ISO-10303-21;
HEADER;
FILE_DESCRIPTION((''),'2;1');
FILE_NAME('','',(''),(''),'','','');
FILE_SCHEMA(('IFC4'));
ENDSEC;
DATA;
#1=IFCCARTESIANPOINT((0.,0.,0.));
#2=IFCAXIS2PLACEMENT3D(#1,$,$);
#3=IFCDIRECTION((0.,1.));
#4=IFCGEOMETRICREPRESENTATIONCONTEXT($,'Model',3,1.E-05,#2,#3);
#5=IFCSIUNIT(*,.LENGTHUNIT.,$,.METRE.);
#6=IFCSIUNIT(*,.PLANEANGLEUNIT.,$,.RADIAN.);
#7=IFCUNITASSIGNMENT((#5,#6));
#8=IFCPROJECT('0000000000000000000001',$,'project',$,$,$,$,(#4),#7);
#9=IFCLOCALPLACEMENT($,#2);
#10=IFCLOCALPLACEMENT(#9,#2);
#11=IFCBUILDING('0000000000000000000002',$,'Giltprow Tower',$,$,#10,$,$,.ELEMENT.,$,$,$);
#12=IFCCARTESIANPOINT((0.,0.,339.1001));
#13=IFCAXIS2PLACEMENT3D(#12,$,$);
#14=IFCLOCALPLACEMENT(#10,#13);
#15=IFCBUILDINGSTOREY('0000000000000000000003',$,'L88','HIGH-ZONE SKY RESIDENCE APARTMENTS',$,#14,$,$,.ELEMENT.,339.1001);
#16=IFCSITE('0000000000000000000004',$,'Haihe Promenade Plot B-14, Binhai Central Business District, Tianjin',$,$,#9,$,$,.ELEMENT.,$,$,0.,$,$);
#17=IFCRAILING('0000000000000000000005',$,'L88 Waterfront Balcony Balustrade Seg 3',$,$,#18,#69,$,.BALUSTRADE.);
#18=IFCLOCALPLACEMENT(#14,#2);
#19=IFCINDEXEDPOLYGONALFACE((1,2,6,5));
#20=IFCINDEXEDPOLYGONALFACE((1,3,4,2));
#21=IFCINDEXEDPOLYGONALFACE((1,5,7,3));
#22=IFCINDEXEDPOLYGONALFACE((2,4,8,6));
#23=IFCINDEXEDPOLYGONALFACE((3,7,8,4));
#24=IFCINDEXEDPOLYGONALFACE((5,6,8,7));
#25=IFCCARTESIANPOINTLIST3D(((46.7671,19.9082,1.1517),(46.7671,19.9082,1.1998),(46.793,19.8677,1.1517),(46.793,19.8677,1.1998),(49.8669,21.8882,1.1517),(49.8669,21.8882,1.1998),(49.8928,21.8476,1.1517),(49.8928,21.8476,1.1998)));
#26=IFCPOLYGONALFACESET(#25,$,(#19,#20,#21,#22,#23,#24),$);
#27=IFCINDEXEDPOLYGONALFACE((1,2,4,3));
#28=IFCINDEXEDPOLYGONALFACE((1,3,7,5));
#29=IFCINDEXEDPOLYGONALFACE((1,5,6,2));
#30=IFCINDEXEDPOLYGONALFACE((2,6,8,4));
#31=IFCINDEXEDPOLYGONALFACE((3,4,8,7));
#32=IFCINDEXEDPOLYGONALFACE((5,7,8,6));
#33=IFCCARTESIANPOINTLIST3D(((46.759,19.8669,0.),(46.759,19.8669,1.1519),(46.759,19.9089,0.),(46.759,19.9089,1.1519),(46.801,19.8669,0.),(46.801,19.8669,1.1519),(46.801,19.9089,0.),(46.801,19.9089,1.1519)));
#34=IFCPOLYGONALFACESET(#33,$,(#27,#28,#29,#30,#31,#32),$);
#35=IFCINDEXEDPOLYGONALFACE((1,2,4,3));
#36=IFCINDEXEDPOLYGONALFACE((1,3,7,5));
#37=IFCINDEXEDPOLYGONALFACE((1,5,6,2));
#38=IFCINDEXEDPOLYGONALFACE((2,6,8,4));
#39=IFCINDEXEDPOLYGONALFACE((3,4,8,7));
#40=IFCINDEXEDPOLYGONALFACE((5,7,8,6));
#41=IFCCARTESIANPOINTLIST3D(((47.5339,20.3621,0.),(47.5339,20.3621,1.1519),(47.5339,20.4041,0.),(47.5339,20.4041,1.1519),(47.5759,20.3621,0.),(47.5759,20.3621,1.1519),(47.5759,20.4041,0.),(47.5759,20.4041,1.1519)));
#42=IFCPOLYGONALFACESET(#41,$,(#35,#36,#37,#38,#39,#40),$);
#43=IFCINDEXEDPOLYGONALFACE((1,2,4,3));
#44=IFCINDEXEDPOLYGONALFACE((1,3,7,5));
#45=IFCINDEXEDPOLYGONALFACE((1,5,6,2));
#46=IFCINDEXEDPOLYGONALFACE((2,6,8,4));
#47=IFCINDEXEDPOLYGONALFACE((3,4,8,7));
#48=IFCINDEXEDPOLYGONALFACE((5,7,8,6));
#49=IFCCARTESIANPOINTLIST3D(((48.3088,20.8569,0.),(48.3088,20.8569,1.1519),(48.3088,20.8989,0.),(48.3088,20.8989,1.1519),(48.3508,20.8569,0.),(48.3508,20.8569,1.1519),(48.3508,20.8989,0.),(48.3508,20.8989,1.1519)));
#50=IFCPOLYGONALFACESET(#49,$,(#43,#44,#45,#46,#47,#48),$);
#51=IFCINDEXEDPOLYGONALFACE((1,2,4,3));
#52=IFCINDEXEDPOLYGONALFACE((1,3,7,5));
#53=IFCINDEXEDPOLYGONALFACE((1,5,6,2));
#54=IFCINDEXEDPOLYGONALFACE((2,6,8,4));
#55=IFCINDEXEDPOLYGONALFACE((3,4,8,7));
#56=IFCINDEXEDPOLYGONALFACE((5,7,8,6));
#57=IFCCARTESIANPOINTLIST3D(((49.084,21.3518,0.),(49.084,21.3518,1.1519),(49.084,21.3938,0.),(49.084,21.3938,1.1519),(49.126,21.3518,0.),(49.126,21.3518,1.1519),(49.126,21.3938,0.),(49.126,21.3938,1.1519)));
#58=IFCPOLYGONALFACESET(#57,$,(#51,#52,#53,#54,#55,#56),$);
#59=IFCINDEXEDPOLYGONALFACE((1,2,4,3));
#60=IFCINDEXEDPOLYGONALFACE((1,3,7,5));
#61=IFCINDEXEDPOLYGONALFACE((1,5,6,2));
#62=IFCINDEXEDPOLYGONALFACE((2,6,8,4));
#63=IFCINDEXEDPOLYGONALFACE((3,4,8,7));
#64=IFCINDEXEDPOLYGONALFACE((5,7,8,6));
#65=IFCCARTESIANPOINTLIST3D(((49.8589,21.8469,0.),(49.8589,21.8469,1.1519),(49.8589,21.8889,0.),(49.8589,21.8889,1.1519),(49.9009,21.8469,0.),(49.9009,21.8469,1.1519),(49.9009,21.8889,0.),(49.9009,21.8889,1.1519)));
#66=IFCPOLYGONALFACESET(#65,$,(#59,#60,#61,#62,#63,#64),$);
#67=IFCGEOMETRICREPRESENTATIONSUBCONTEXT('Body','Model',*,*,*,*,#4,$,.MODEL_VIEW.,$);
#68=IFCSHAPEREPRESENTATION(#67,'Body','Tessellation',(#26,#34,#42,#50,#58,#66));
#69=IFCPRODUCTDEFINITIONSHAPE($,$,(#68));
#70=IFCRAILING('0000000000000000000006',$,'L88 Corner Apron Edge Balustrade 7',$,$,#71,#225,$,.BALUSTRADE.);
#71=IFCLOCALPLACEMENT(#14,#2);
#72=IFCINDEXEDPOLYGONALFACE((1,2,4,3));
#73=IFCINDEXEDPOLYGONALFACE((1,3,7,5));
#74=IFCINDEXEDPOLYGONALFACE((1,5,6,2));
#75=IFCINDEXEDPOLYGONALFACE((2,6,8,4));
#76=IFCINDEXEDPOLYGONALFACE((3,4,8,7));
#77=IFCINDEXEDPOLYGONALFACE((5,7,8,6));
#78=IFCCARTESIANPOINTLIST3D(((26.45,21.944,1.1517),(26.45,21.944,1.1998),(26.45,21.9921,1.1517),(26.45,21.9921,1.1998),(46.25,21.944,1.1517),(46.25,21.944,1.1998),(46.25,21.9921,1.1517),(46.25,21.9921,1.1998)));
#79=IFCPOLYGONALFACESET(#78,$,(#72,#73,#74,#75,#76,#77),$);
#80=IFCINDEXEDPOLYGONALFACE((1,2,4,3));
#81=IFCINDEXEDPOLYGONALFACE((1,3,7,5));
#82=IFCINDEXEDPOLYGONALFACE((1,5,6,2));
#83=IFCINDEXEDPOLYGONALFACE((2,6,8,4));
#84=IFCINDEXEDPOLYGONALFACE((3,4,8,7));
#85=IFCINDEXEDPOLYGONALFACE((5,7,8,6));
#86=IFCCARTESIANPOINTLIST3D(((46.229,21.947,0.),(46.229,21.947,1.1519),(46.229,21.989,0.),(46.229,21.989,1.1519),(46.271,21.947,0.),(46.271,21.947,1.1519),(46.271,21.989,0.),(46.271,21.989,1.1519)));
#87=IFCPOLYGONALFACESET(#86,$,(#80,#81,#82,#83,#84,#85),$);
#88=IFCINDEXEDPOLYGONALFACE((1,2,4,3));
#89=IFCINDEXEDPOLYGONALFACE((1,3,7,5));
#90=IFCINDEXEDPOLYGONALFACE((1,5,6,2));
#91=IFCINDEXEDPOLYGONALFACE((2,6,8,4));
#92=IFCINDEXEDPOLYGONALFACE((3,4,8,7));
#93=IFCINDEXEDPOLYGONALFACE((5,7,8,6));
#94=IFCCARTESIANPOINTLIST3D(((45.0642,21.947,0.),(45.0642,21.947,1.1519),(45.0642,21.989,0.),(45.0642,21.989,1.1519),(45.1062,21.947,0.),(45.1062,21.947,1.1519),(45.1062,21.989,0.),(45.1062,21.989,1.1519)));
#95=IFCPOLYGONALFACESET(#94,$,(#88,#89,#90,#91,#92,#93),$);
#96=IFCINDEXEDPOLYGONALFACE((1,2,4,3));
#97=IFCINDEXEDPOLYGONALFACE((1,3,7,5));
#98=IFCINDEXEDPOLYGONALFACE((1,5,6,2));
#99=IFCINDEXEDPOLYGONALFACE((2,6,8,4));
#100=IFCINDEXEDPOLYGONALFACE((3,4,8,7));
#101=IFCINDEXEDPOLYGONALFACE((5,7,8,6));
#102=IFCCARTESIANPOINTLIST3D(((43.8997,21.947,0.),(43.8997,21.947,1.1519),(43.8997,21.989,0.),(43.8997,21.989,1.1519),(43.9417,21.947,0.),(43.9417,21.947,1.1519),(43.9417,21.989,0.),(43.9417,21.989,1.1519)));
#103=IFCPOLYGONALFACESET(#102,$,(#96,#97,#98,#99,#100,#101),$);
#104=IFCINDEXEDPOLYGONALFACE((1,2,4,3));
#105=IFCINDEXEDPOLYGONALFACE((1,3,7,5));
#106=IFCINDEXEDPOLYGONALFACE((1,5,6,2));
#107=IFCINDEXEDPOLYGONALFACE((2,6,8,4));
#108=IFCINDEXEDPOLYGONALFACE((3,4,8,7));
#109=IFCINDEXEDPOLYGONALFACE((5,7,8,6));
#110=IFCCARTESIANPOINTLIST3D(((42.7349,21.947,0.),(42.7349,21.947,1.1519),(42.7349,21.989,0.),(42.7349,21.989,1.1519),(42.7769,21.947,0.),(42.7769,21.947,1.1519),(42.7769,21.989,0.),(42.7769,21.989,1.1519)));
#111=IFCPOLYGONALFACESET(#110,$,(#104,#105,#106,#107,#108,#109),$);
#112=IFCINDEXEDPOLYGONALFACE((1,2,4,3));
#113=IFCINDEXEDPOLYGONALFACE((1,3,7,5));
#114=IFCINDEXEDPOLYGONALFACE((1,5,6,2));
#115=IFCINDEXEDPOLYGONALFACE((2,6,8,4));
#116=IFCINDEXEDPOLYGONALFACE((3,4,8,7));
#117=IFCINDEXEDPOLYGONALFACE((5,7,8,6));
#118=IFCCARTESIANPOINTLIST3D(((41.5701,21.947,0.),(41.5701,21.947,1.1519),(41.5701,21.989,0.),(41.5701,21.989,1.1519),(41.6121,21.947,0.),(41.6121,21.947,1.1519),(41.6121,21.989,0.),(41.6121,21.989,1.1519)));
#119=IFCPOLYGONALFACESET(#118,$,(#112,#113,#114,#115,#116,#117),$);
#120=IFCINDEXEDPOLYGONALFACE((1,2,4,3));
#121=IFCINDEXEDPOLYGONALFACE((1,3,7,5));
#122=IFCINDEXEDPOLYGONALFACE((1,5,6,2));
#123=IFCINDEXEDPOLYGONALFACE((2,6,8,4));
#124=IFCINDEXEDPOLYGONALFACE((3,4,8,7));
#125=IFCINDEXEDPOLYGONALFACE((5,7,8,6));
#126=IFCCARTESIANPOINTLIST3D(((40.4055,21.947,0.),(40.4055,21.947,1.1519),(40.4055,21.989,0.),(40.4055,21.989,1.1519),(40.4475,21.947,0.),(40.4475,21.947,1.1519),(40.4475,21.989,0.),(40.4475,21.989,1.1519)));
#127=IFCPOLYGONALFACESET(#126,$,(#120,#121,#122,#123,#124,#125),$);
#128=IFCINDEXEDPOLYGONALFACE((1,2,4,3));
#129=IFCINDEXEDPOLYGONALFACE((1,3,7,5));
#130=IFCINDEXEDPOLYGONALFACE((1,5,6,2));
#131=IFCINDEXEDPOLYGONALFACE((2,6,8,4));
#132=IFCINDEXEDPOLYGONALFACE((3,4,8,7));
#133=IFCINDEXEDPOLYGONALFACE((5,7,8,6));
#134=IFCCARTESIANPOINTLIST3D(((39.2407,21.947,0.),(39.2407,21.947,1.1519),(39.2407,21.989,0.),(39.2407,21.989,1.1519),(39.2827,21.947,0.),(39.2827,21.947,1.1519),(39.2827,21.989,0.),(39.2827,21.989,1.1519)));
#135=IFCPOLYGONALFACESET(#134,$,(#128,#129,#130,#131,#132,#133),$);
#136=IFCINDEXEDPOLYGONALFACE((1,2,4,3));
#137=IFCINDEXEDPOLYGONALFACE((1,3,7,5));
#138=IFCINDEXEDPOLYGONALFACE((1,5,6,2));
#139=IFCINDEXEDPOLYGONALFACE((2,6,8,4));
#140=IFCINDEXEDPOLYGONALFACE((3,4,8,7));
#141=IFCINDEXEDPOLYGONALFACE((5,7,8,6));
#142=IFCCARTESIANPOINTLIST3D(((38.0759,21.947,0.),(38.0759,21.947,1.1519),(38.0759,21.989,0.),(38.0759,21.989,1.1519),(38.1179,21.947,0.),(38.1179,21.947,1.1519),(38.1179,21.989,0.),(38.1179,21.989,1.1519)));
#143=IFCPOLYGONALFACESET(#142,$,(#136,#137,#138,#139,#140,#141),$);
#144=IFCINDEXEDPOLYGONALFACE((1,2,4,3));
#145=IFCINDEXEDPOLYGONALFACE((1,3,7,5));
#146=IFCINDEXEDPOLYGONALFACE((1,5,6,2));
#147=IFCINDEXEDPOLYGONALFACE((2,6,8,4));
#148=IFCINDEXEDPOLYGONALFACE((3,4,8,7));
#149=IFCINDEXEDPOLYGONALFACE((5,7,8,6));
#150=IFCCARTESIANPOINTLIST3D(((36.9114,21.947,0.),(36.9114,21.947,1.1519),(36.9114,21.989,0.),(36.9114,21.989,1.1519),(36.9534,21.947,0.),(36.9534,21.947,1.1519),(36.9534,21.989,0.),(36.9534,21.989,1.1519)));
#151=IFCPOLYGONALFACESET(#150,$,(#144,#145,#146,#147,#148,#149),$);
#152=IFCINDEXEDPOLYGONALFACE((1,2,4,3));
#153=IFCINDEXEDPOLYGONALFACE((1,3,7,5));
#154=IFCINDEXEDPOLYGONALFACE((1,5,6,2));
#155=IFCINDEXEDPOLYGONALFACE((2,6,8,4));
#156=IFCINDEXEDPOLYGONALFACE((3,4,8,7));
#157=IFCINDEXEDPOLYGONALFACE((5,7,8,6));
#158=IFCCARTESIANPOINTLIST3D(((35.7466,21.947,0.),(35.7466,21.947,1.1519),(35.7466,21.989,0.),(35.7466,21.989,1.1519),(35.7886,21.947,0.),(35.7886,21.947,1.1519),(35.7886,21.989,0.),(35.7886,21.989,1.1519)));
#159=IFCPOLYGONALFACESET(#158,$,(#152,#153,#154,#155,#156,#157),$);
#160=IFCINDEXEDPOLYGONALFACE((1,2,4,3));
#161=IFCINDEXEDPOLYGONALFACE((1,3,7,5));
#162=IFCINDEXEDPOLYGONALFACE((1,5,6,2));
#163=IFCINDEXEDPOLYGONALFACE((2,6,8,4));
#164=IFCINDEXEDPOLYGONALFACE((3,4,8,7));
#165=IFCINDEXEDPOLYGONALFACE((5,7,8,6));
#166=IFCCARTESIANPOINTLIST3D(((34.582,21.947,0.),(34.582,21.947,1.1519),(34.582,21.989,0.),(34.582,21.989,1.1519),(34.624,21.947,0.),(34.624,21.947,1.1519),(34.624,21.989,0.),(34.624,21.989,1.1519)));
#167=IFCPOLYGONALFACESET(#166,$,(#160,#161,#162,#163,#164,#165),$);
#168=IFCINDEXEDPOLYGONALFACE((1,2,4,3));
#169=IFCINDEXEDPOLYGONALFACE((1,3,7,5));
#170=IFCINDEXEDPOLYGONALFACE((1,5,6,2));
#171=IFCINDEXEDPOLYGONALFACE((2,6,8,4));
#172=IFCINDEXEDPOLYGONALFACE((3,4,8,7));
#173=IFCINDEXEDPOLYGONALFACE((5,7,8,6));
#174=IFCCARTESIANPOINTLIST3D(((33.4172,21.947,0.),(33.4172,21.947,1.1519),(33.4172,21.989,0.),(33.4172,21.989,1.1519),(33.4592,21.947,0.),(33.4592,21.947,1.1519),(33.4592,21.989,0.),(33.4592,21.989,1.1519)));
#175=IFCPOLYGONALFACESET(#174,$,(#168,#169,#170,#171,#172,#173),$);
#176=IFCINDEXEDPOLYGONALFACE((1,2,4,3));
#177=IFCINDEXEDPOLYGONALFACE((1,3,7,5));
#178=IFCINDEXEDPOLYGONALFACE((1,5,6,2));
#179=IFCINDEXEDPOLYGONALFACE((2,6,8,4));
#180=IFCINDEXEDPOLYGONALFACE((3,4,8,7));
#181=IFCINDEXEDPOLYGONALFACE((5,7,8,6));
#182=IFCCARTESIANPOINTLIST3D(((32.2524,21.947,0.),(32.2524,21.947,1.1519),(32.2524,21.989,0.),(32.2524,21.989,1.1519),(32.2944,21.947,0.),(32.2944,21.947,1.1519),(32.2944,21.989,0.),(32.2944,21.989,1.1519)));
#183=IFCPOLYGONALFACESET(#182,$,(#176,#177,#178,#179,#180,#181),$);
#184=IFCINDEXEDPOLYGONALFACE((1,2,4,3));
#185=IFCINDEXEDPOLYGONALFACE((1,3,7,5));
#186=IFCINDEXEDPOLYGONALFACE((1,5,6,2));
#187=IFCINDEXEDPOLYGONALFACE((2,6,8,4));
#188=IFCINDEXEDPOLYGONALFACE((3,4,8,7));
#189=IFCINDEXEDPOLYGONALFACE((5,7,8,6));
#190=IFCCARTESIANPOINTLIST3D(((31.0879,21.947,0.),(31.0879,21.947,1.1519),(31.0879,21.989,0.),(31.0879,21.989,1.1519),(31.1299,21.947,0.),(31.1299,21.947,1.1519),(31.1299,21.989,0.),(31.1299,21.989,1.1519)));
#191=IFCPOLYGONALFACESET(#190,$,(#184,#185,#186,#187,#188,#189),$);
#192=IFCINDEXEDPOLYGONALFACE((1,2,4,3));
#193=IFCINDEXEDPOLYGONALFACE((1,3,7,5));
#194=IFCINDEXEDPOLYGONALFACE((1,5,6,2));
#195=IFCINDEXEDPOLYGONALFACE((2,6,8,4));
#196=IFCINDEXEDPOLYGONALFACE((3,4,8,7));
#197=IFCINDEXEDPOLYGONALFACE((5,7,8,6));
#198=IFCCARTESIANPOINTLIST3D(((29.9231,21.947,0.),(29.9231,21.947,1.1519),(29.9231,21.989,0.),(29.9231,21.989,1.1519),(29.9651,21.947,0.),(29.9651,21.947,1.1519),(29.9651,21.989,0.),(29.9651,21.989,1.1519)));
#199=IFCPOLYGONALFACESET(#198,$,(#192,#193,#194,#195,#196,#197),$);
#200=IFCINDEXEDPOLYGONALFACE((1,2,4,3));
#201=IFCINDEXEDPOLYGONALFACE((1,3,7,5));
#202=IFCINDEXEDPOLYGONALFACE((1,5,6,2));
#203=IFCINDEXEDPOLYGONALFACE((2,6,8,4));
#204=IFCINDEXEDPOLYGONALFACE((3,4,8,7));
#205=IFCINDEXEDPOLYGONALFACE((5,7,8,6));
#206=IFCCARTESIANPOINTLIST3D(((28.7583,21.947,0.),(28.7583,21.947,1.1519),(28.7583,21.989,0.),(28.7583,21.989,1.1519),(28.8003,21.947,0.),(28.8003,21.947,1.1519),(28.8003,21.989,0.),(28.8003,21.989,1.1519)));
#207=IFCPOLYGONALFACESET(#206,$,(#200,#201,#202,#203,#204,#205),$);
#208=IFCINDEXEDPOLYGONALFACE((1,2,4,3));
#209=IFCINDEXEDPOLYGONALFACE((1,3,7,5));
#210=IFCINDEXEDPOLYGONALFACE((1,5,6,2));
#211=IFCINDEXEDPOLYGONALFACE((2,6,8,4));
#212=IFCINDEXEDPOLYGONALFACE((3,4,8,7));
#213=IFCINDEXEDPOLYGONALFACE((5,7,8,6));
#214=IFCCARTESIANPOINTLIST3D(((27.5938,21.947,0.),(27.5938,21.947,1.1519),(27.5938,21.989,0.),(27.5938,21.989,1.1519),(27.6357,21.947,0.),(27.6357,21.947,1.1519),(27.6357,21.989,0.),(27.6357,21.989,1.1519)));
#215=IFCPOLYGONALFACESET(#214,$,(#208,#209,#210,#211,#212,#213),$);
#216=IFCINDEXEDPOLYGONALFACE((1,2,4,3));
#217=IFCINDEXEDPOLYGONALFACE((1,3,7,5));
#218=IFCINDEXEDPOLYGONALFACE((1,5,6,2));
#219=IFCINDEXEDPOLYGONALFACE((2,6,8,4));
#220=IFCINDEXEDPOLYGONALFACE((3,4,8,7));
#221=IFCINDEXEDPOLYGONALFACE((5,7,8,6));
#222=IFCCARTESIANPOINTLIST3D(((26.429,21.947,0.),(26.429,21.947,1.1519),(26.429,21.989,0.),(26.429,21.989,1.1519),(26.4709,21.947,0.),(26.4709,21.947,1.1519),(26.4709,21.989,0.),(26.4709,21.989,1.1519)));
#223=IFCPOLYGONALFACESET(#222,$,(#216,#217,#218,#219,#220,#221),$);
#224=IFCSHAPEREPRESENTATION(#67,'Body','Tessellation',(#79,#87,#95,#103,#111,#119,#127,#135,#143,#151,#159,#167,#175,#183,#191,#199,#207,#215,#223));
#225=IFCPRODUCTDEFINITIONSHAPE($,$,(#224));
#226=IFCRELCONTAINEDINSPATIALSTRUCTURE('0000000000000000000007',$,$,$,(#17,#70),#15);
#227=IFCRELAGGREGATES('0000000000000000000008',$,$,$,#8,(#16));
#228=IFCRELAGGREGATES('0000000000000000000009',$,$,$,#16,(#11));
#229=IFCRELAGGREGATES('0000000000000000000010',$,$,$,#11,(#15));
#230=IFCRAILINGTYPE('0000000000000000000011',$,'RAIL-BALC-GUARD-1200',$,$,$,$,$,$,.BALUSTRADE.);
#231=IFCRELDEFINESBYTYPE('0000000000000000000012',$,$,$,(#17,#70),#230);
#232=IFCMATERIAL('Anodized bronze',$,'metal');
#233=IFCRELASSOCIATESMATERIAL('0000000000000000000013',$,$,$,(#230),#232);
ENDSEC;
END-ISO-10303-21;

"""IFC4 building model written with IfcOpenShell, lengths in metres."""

from ifc_helpers import new_model, si_unit, direction, frame, origin, origin_2d, place, context, subcontext, project, spatial, rectangle, extrude, material, type_object, element, save


model = new_model("IFC4")

# Units and contexts
model_context = context("Model", 3, precision=1e-05, world=origin(), true_north=direction((0.0, 1.0)))
body_context = subcontext(model_context, "Body", "Model", "MODEL_VIEW")
ifc_project = project(units=[si_unit("LENGTHUNIT", "METRE"), si_unit("PLANEANGLEUNIT", "RADIAN")], contexts=[model_context])

# Site, building, storey
site_placement = place(None, origin())
site = spatial("IfcSite", under=ifc_project, at=site_placement, Name="Haihe Promenade Plot B-14, Binhai Central Business District, Tianjin", CompositionType="ELEMENT", RefElevation=0.0)
building_placement = place(site_placement, origin())
building = spatial("IfcBuilding", under=site, at=building_placement, Name="Giltprow Tower", CompositionType="ELEMENT")
storey_placement = place(building_placement, frame((0.0, 0.0, 339.1001)))
storey = spatial("IfcBuildingStorey", under=building, at=storey_placement, Name="L88", Description="HIGH-ZONE SKY RESIDENCE APARTMENTS", CompositionType="ELEMENT", Elevation=339.1001)

# Railings
ifc_material_1 = material(Name="Anodized bronze", Category="metal")
railing_type = type_object("IfcRailingType", Name="RAIL-BALC-GUARD-1200", PredefinedType="BALUSTRADE", material=ifc_material_1)
railing_1_placement = place(storey_placement, frame((46.78, 19.8879, 0.0)))
element("IfcRailing", 1, at=railing_1_placement, inside=storey, type_object=railing_type, Name="L88 Waterfront Balcony Balustrade Seg 3", PredefinedType="BALUSTRADE", context=body_context, shape_type="SweptSolid", body=[
    extrude(rectangle(XDim=0.0481, YDim=0.0481, at=origin_2d()), frame((0.0, 0.0, 1.1758), z_axis=(0.842756, 0.538296, 0.0), x_axis=(-0.538296, 0.842756, 0.0)), (0.0, 0.0, 1.0), 3.6782),
    extrude(rectangle(XDim=0.042, YDim=0.042, at=origin_2d()), origin(), (0.0, 0.0, 1.0), 1.1519),
    extrude(rectangle(XDim=0.042, YDim=0.042, at=origin_2d()), frame((0.7749, 0.4951, 0.0)), (0.0, 0.0, 1.0), 1.1519),
    extrude(rectangle(XDim=0.042, YDim=0.042, at=origin_2d()), frame((1.5498, 0.99, 0.0)), (0.0, 0.0, 1.0), 1.1519),
    extrude(rectangle(XDim=0.042, YDim=0.042, at=origin_2d()), frame((2.325, 1.4849, 0.0)), (0.0, 0.0, 1.0), 1.1519),
    extrude(rectangle(XDim=0.042, YDim=0.042, at=origin_2d()), frame((3.0999, 1.98, 0.0)), (0.0, 0.0, 1.0), 1.1519),
])
railing_2_placement = place(storey_placement, frame((46.25, 21.968, 0.0)))
element("IfcRailing", 2, at=railing_2_placement, inside=storey, type_object=railing_type, Name="L88 Corner Apron Edge Balustrade 7", PredefinedType="BALUSTRADE", context=body_context, shape_type="SweptSolid", body=[
    extrude(rectangle(XDim=0.0481, YDim=0.0481, at=origin_2d()), frame((0.0, 0.0, 1.1758), z_axis=(-1.0, 0.0, 0.0), x_axis=(0.0, -1.0, 0.0)), (0.0, 0.0, 1.0), 19.8),
    extrude(rectangle(XDim=0.042, YDim=0.042, at=origin_2d()), origin(), (0.0, 0.0, 1.0), 1.1519),
    extrude(rectangle(XDim=0.042, YDim=0.042, at=origin_2d()), frame((-1.1648, 0.0, 0.0)), (0.0, 0.0, 1.0), 1.1519),
    extrude(rectangle(XDim=0.042, YDim=0.042, at=origin_2d()), frame((-2.3293, 0.0, 0.0)), (0.0, 0.0, 1.0), 1.1519),
    extrude(rectangle(XDim=0.042, YDim=0.042, at=origin_2d()), frame((-3.4941, 0.0, 0.0)), (0.0, 0.0, 1.0), 1.1519),
    extrude(rectangle(XDim=0.042, YDim=0.042, at=origin_2d()), frame((-4.6589, 0.0, 0.0)), (0.0, 0.0, 1.0), 1.1519),
    extrude(rectangle(XDim=0.042, YDim=0.042, at=origin_2d()), frame((-5.8235, 0.0, 0.0)), (0.0, 0.0, 1.0), 1.1519),
    extrude(rectangle(XDim=0.042, YDim=0.042, at=origin_2d()), frame((-6.9883, 0.0, 0.0)), (0.0, 0.0, 1.0), 1.1519),
    extrude(rectangle(XDim=0.042, YDim=0.042, at=origin_2d()), frame((-8.1531, 0.0, 0.0)), (0.0, 0.0, 1.0), 1.1519),
    extrude(rectangle(XDim=0.042, YDim=0.042, at=origin_2d()), frame((-9.3176, 0.0, 0.0)), (0.0, 0.0, 1.0), 1.1519),
    extrude(rectangle(XDim=0.042, YDim=0.042, at=origin_2d()), frame((-10.4824, 0.0, 0.0)), (0.0, 0.0, 1.0), 1.1519),
    extrude(rectangle(XDim=0.042, YDim=0.042, at=origin_2d()), frame((-11.647, 0.0, 0.0)), (0.0, 0.0, 1.0), 1.1519),
    extrude(rectangle(XDim=0.042, YDim=0.042, at=origin_2d()), frame((-12.8118, 0.0, 0.0)), (0.0, 0.0, 1.0), 1.1519),
    extrude(rectangle(XDim=0.042, YDim=0.042, at=origin_2d()), frame((-13.9766, 0.0, 0.0)), (0.0, 0.0, 1.0), 1.1519),
    extrude(rectangle(XDim=0.042, YDim=0.042, at=origin_2d()), frame((-15.1411, 0.0, 0.0)), (0.0, 0.0, 1.0), 1.1519),
    extrude(rectangle(XDim=0.042, YDim=0.042, at=origin_2d()), frame((-16.3059, 0.0, 0.0)), (0.0, 0.0, 1.0), 1.1519),
    extrude(rectangle(XDim=0.042, YDim=0.042, at=origin_2d()), frame((-17.4707, 0.0, 0.0)), (0.0, 0.0, 1.0), 1.1519),
    extrude(rectangle(XDim=0.042, YDim=0.042, at=origin_2d()), frame((-18.6353, 0.0, 0.0)), (0.0, 0.0, 1.0), 1.1519),
    extrude(rectangle(XDim=0.042, YDim=0.042, at=origin_2d()), frame((-19.8, 0.0, 0.0)), (0.0, 0.0, 1.0), 1.1519),
])

save(model, "model.ifc")
